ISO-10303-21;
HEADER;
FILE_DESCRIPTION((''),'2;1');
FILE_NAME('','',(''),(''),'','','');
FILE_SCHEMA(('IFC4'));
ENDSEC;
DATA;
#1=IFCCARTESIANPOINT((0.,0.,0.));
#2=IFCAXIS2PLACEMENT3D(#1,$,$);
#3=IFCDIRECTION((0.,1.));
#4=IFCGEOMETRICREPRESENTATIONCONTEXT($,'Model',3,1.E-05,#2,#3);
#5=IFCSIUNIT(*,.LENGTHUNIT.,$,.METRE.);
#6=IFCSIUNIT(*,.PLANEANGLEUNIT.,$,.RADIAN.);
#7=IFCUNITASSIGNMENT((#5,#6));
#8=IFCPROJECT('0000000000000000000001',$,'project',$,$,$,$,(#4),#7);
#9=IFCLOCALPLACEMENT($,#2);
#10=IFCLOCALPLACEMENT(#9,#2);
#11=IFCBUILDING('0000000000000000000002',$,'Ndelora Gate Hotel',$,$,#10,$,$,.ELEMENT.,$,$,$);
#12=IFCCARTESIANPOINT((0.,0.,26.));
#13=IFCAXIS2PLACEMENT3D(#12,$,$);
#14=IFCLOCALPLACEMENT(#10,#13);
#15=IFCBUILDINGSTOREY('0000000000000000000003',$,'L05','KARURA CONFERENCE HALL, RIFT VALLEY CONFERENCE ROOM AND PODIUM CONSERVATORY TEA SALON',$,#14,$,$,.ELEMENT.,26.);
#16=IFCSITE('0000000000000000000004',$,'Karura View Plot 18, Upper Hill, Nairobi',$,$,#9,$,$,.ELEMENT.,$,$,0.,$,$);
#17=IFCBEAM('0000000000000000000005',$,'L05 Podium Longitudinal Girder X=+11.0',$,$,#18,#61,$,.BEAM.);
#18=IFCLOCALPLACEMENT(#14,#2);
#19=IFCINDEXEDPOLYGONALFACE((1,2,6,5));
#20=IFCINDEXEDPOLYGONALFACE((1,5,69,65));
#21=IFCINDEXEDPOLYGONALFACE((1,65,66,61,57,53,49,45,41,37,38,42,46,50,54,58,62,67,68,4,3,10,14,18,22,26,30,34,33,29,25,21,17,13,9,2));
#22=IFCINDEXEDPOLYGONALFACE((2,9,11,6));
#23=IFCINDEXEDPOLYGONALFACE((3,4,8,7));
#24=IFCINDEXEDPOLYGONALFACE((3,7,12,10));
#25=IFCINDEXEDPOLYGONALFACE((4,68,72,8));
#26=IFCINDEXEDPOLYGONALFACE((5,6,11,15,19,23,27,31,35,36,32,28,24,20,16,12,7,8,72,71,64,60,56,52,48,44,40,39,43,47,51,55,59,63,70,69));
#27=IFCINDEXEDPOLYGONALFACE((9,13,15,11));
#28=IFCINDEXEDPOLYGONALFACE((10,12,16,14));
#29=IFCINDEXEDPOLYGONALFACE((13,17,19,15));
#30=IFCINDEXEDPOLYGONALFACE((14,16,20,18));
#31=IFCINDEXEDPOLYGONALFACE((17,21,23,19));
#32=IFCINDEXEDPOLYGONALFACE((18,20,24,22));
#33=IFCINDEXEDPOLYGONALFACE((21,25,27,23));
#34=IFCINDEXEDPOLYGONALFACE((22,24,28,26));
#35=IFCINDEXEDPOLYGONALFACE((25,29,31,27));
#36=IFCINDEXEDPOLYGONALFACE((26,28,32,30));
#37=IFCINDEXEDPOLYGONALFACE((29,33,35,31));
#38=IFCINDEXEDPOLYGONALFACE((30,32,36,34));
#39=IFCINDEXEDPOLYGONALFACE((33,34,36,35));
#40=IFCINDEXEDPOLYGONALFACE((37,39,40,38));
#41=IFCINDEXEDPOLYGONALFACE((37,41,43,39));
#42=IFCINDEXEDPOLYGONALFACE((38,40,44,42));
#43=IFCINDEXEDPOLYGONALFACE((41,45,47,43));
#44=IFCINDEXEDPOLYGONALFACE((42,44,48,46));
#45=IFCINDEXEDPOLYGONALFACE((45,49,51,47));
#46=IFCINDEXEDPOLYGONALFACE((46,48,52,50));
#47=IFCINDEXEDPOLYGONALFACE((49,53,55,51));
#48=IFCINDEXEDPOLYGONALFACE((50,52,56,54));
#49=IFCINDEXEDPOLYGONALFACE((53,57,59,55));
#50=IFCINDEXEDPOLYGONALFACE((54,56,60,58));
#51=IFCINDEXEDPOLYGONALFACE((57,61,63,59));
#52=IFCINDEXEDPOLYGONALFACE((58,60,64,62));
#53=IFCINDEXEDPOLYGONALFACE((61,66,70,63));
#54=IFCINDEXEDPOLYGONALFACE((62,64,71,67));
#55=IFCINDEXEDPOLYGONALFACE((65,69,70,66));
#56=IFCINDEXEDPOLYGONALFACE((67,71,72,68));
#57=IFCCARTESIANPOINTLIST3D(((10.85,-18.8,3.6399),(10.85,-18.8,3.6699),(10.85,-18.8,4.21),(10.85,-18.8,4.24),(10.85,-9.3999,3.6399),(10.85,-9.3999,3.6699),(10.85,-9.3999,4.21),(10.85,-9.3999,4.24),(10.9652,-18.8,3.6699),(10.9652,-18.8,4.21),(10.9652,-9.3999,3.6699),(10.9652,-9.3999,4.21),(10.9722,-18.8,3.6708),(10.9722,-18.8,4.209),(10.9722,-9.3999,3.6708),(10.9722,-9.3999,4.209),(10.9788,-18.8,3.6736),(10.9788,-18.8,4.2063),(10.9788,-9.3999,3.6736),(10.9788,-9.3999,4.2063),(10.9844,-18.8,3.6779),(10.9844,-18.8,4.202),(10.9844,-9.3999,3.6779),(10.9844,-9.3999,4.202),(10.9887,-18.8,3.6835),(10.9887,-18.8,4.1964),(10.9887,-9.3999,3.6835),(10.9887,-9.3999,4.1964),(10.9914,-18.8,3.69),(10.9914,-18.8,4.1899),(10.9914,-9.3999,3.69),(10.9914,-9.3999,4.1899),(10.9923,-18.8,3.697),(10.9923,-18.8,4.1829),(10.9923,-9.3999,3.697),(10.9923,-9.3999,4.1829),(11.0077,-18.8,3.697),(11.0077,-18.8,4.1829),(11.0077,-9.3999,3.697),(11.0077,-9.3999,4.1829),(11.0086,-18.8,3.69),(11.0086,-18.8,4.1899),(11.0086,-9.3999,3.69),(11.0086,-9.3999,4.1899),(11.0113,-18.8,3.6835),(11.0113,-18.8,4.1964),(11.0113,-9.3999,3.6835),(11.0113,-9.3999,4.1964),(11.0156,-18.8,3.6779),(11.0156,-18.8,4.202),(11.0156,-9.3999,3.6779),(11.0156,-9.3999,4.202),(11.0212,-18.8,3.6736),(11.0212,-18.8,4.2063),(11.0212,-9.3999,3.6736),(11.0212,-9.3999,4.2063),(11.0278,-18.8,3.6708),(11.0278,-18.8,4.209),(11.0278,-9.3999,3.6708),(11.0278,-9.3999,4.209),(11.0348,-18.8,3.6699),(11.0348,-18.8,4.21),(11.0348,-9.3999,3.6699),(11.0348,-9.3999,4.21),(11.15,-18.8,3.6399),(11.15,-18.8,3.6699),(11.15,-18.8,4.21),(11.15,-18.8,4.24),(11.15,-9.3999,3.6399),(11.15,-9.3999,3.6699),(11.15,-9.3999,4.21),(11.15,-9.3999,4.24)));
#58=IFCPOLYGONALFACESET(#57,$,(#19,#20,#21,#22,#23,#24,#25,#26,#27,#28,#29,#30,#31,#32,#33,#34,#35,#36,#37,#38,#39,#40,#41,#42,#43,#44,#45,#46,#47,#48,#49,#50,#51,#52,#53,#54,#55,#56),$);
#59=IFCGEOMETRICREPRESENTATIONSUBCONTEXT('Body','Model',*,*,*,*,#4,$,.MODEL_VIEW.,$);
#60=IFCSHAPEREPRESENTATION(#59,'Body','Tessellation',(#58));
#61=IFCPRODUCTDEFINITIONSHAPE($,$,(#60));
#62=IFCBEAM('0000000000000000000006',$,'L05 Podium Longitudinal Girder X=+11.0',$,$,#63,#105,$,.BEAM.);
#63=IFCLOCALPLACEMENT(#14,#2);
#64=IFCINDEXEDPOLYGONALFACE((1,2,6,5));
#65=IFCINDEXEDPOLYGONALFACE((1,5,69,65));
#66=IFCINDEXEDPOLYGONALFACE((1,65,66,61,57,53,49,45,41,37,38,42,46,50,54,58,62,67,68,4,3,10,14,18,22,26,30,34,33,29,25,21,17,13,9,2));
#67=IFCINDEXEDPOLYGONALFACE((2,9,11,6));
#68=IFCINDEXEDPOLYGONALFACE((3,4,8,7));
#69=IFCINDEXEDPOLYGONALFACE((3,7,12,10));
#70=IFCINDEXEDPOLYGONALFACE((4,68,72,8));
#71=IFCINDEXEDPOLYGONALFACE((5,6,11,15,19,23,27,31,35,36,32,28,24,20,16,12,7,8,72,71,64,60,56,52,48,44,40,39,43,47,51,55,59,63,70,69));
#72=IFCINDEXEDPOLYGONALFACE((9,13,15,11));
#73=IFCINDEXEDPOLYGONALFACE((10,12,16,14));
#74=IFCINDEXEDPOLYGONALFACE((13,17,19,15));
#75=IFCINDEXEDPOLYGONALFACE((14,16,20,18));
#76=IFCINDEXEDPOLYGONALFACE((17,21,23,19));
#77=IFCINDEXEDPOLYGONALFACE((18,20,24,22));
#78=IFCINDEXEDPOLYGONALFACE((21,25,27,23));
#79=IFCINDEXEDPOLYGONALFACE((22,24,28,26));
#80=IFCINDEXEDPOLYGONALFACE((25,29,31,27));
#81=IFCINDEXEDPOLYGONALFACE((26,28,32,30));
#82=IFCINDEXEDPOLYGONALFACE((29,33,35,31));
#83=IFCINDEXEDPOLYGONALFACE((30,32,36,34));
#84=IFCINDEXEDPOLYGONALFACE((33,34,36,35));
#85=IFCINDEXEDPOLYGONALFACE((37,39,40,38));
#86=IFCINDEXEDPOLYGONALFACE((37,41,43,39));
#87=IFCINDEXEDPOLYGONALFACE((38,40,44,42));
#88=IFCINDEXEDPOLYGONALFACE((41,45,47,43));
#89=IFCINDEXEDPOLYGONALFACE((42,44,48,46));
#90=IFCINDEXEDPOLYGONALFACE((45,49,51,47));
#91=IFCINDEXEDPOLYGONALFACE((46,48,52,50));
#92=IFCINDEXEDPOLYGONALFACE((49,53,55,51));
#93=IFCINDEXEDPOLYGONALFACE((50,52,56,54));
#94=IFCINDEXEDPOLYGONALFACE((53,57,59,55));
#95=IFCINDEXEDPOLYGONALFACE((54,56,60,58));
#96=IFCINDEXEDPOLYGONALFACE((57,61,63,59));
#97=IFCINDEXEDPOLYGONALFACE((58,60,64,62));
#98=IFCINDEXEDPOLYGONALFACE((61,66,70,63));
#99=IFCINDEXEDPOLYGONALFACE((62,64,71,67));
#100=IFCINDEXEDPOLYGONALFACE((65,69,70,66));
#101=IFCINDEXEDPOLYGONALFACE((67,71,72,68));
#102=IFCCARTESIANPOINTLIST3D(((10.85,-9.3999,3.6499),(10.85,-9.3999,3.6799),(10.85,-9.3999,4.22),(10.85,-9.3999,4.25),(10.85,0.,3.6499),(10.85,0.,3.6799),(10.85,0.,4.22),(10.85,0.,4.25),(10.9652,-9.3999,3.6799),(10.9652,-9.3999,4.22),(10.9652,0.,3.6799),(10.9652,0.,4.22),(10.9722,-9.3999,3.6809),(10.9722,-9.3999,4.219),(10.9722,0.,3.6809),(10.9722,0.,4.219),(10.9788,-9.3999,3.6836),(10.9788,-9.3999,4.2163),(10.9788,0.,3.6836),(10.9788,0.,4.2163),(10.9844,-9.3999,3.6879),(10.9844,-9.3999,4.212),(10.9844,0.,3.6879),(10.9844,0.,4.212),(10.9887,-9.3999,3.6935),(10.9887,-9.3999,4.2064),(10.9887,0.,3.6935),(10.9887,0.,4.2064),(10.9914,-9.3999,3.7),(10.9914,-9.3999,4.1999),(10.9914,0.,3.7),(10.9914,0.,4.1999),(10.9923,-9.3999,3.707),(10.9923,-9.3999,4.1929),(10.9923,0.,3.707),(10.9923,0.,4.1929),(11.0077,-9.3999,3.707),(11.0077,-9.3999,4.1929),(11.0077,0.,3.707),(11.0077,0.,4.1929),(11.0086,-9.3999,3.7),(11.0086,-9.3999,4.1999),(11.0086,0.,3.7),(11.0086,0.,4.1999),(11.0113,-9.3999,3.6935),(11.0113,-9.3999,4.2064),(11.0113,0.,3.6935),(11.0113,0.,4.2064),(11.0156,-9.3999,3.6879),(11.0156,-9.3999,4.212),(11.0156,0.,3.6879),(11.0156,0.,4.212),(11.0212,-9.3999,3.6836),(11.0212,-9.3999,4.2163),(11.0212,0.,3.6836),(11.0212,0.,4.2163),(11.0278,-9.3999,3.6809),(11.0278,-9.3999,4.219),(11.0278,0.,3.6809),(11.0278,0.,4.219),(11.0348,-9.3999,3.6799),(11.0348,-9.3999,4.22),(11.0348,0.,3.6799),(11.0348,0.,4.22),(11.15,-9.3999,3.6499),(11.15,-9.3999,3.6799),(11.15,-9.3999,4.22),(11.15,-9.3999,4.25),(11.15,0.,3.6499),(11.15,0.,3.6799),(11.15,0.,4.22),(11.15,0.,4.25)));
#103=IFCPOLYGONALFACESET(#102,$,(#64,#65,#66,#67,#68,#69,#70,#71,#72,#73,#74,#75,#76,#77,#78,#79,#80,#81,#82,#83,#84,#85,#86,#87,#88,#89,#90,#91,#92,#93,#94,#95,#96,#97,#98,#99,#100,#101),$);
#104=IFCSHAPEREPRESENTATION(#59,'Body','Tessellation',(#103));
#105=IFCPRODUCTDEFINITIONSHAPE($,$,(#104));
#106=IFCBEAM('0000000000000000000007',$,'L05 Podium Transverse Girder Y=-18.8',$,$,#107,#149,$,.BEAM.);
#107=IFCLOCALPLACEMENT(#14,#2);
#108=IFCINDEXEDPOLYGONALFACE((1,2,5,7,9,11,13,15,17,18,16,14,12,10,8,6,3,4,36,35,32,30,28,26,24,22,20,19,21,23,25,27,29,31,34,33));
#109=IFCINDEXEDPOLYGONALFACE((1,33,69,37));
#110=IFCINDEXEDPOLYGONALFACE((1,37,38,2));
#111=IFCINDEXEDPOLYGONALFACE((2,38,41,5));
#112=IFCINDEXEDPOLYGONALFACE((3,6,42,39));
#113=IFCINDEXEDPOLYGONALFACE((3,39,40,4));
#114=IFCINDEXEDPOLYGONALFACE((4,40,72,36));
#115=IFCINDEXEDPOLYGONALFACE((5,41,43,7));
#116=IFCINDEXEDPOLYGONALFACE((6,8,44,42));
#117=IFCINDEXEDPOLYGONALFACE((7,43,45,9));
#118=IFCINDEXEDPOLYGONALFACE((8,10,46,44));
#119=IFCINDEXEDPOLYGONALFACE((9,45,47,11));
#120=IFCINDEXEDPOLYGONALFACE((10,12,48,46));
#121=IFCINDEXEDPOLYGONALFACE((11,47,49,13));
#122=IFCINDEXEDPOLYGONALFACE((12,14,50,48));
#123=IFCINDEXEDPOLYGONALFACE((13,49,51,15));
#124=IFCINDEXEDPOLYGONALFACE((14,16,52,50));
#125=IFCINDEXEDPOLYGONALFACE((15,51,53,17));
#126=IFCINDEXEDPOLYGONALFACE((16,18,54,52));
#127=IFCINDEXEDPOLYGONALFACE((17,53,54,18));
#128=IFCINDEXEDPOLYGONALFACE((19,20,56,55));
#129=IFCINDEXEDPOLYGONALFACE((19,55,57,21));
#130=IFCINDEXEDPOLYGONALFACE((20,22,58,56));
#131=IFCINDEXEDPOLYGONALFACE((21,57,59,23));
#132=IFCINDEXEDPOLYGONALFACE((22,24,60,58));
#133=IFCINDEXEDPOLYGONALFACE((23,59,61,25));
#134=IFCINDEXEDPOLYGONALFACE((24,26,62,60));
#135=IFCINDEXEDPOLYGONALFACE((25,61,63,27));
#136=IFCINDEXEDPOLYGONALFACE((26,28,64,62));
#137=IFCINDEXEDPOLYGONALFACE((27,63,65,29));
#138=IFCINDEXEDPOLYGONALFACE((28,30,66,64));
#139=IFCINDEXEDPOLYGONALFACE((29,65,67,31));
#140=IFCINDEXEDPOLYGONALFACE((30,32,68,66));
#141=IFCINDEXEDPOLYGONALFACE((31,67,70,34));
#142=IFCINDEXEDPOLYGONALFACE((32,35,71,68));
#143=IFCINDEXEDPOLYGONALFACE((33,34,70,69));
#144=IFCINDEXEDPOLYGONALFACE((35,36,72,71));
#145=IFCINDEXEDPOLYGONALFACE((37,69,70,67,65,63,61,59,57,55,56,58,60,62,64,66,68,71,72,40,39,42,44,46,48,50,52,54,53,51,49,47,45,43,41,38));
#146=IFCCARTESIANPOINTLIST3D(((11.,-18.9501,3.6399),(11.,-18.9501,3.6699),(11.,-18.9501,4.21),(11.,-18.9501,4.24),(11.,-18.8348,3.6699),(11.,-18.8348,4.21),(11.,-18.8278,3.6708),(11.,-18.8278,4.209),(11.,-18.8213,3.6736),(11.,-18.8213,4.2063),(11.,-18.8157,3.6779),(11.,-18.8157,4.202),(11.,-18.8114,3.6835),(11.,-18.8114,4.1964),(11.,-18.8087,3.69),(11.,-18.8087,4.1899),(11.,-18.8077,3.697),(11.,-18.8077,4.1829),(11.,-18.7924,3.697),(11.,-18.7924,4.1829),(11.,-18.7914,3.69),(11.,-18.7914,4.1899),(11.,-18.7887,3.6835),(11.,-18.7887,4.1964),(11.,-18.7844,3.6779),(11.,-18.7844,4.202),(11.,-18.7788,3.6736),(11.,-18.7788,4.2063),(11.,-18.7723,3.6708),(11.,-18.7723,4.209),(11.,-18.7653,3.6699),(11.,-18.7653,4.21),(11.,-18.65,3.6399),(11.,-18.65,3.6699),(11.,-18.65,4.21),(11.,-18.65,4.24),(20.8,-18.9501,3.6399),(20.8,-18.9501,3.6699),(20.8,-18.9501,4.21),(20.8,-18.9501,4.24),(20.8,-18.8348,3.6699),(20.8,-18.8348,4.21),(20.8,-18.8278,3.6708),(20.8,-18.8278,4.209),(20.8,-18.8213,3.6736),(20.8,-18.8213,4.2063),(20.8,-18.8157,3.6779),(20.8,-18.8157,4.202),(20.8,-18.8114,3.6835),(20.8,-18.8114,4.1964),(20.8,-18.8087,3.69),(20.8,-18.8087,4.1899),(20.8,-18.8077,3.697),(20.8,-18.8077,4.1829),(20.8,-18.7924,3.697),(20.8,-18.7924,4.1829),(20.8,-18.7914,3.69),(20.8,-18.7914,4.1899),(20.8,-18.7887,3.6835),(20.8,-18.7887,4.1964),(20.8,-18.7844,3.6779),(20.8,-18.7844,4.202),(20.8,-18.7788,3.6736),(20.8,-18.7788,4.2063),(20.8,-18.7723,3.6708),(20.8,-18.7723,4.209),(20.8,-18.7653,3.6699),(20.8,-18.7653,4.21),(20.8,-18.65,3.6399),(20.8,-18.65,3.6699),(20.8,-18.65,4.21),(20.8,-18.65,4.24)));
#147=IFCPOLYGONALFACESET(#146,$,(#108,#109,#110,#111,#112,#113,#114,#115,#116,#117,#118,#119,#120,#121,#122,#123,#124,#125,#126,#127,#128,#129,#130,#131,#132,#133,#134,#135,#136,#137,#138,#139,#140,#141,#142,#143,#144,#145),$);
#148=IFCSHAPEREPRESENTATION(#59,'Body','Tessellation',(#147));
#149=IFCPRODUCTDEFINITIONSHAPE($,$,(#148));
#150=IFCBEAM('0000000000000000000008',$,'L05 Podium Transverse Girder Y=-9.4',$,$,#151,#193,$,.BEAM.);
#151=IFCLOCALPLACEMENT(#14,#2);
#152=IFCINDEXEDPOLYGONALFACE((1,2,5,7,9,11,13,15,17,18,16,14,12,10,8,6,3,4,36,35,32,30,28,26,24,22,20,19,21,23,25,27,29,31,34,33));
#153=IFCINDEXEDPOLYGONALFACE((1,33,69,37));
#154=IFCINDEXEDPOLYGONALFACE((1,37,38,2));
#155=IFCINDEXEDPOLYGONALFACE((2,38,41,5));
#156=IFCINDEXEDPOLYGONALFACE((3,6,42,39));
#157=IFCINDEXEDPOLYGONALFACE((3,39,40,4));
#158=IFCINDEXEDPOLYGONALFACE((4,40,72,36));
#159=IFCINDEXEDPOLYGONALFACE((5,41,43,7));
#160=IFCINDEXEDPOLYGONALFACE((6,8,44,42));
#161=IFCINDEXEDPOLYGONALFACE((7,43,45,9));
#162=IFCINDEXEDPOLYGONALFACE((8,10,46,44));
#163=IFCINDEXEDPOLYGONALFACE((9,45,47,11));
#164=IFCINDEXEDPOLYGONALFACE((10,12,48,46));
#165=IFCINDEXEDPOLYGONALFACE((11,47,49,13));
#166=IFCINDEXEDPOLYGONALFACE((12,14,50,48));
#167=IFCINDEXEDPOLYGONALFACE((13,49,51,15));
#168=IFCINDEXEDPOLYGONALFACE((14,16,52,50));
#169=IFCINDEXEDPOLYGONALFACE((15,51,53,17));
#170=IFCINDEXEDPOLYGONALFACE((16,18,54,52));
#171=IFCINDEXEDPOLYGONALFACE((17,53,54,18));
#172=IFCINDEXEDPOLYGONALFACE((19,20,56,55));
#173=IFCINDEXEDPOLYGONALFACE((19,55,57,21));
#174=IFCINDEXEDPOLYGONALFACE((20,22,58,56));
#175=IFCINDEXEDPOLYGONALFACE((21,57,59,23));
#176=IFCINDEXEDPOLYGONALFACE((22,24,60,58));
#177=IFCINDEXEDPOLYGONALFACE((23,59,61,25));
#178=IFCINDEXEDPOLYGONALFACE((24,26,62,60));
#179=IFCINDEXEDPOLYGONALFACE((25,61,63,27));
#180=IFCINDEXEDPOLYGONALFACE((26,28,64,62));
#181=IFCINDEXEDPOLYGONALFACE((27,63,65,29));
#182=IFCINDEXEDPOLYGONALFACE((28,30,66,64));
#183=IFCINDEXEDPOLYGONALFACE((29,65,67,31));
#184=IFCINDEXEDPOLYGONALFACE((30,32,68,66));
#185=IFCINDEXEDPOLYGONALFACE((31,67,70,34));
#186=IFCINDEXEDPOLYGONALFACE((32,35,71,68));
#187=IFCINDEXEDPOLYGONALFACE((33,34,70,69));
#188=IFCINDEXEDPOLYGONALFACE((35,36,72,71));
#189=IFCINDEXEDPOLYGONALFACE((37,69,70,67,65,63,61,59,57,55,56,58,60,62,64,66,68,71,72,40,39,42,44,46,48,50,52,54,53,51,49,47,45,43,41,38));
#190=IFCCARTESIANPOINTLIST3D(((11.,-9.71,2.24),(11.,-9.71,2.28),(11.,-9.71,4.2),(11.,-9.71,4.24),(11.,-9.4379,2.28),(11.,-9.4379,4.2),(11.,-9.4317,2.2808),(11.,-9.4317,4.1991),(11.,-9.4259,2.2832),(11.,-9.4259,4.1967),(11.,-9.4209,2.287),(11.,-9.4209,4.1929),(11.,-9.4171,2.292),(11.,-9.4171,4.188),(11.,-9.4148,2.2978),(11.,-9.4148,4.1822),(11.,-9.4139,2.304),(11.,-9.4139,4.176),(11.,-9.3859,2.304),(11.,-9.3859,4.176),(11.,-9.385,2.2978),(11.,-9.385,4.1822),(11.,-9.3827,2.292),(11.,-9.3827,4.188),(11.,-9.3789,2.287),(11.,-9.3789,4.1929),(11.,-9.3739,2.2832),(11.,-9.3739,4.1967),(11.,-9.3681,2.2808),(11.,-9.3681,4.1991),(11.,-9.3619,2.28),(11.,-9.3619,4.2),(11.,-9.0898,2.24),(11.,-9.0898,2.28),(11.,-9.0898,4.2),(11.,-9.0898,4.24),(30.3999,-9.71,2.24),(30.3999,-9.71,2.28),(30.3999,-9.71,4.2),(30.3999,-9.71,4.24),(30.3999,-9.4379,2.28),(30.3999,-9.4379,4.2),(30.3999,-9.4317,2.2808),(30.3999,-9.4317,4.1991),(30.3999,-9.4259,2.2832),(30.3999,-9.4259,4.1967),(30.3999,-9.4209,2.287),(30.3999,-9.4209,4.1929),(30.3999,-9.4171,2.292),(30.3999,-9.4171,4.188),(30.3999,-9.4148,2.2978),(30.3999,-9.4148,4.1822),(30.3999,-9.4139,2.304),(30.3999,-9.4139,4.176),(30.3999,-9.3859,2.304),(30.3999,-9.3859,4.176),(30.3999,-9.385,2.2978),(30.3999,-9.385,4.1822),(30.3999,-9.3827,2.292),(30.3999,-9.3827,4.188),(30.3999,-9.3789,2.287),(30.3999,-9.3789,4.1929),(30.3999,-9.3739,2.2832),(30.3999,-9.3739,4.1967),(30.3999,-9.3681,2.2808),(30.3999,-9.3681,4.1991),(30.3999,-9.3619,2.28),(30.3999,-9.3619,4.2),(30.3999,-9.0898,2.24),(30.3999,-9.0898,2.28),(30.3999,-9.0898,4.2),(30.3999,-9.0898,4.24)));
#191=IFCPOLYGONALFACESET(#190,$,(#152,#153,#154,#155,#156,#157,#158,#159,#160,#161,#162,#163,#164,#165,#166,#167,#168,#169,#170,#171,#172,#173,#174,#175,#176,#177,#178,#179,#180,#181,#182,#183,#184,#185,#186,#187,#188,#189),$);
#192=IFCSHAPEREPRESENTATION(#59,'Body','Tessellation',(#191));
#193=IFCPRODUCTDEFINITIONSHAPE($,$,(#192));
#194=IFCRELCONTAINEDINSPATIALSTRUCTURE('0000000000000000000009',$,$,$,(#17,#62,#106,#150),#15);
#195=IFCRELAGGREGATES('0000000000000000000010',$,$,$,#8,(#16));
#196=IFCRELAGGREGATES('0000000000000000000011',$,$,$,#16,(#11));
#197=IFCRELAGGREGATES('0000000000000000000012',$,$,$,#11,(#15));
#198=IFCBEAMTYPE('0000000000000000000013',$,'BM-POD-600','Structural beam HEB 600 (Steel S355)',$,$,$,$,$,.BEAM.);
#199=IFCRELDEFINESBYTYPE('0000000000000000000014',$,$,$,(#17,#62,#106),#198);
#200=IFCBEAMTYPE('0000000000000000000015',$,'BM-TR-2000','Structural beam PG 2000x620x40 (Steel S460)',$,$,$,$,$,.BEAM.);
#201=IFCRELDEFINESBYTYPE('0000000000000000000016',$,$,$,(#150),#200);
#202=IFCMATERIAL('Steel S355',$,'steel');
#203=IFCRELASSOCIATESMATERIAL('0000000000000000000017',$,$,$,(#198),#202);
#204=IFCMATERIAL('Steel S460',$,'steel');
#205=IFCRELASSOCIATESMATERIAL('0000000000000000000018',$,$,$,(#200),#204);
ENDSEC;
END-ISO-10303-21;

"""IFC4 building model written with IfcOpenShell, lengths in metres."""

from ifc_helpers import new_model, si_unit, direction, frame, origin, origin_2d, place, context, subcontext, project, spatial, i_section, extrude, material, material_profile, profile_set, type_object, element, save


model = new_model("IFC4")

# Units and contexts
model_context = context("Model", 3, precision=1e-05, world=origin(), true_north=direction((0.0, 1.0)))
body_context = subcontext(model_context, "Body", "Model", "MODEL_VIEW")
ifc_project = project(units=[si_unit("LENGTHUNIT", "METRE"), si_unit("PLANEANGLEUNIT", "RADIAN")], contexts=[model_context])

# Site, building, storey
site_placement = place(None, origin())
site = spatial("IfcSite", under=ifc_project, at=site_placement, Name="Karura View Plot 18, Upper Hill, Nairobi", CompositionType="ELEMENT", RefElevation=0.0)
building_placement = place(site_placement, origin())
building = spatial("IfcBuilding", under=site, at=building_placement, Name="Ndelora Gate Hotel", CompositionType="ELEMENT")
storey_placement = place(building_placement, frame((0.0, 0.0, 26.0)))
storey = spatial("IfcBuildingStorey", under=building, at=storey_placement, Name="L05", Description="KARURA CONFERENCE HALL, RIFT VALLEY CONFERENCE ROOM AND PODIUM CONSERVATORY TEA SALON", CompositionType="ELEMENT", Elevation=26.0)

# Beams
ifc_material_1 = material(Name="Steel S460", Category="steel")
ifc_material_2 = material(Name="Steel S355", Category="steel")
ifc_material_profile_1 = material_profile(ifc_material_2, i_section(OverallWidth=0.3, OverallDepth=0.6001, WebThickness=0.0154, FlangeThickness=0.03, FilletRadius=0.0271, at=origin_2d()), Name="HEB 600")
ifc_profile_set_1 = profile_set([ifc_material_profile_1], Name="Steel S355")
beam_type_1 = type_object("IfcBeamType", Name="BM-POD-600", Description="Structural beam HEB 600 (Steel S355)", PredefinedType="BEAM", material=ifc_profile_set_1)
beam_1_placement = place(storey_placement, frame((11.0, -18.8, 3.9399), z_axis=(0.0, 1.0, 0.0), x_axis=(-1.0, 0.0, 0.0)))
element("IfcBeam", 1, at=beam_1_placement, inside=storey, type_object=beam_type_1, Name="L05 Podium Longitudinal Girder X=+11.0", PredefinedType="BEAM", context=body_context, shape_type="SweptSolid", body=[
    extrude(i_section(OverallWidth=0.3, OverallDepth=0.6001, WebThickness=0.0154, FlangeThickness=0.03, FilletRadius=0.0271, at=origin_2d()), origin(), (0.0, 0.0, 1.0), 9.4001),
])
beam_2_placement = place(storey_placement, frame((11.0, -9.3999, 3.95), z_axis=(0.0, 1.0, 0.0), x_axis=(-1.0, 0.0, 0.0)))
element("IfcBeam", 2, at=beam_2_placement, inside=storey, type_object=beam_type_1, Name="L05 Podium Longitudinal Girder X=+11.0", PredefinedType="BEAM", context=body_context, shape_type="SweptSolid", body=[
    extrude(i_section(OverallWidth=0.3, OverallDepth=0.6001, WebThickness=0.0154, FlangeThickness=0.03, FilletRadius=0.0271, at=origin_2d()), origin(), (0.0, 0.0, 1.0), 9.3999),
])
beam_3_placement = place(storey_placement, frame((11.0, -18.8, 3.9399), z_axis=(1.0, 0.0, 0.0), x_axis=(0.0, 1.0, 0.0)))
element("IfcBeam", 3, at=beam_3_placement, inside=storey, type_object=beam_type_1, Name="L05 Podium Transverse Girder Y=-18.8", PredefinedType="BEAM", context=body_context, shape_type="SweptSolid", body=[
    extrude(i_section(OverallWidth=0.3, OverallDepth=0.6001, WebThickness=0.0154, FlangeThickness=0.03, FilletRadius=0.0271, at=origin_2d()), origin(), (0.0, 0.0, 1.0), 9.8),
])
ifc_material_profile_2 = material_profile(ifc_material_1, i_section(OverallWidth=0.6201, OverallDepth=2.0, WebThickness=0.0281, FlangeThickness=0.04, FilletRadius=0.0239, at=origin_2d()), Name="PG 2000x620x40")
ifc_profile_set_2 = profile_set([ifc_material_profile_2], Name="Steel S460")
beam_type_2 = type_object("IfcBeamType", Name="BM-TR-2000", Description="Structural beam PG 2000x620x40 (Steel S460)", PredefinedType="BEAM", material=ifc_profile_set_2)
beam_4_placement = place(storey_placement, frame((11.0, -9.3999, 3.24), z_axis=(1.0, 0.0, 0.0), x_axis=(0.0, 1.0, 0.0)))
element("IfcBeam", 4, at=beam_4_placement, inside=storey, type_object=beam_type_2, Name="L05 Podium Transverse Girder Y=-9.4", PredefinedType="BEAM", context=body_context, shape_type="SweptSolid", body=[
    extrude(i_section(OverallWidth=0.6201, OverallDepth=2.0, WebThickness=0.0281, FlangeThickness=0.04, FilletRadius=0.0239, at=origin_2d()), origin(), (0.0, 0.0, 1.0), 19.3999),
])

save(model, "model.ifc")
